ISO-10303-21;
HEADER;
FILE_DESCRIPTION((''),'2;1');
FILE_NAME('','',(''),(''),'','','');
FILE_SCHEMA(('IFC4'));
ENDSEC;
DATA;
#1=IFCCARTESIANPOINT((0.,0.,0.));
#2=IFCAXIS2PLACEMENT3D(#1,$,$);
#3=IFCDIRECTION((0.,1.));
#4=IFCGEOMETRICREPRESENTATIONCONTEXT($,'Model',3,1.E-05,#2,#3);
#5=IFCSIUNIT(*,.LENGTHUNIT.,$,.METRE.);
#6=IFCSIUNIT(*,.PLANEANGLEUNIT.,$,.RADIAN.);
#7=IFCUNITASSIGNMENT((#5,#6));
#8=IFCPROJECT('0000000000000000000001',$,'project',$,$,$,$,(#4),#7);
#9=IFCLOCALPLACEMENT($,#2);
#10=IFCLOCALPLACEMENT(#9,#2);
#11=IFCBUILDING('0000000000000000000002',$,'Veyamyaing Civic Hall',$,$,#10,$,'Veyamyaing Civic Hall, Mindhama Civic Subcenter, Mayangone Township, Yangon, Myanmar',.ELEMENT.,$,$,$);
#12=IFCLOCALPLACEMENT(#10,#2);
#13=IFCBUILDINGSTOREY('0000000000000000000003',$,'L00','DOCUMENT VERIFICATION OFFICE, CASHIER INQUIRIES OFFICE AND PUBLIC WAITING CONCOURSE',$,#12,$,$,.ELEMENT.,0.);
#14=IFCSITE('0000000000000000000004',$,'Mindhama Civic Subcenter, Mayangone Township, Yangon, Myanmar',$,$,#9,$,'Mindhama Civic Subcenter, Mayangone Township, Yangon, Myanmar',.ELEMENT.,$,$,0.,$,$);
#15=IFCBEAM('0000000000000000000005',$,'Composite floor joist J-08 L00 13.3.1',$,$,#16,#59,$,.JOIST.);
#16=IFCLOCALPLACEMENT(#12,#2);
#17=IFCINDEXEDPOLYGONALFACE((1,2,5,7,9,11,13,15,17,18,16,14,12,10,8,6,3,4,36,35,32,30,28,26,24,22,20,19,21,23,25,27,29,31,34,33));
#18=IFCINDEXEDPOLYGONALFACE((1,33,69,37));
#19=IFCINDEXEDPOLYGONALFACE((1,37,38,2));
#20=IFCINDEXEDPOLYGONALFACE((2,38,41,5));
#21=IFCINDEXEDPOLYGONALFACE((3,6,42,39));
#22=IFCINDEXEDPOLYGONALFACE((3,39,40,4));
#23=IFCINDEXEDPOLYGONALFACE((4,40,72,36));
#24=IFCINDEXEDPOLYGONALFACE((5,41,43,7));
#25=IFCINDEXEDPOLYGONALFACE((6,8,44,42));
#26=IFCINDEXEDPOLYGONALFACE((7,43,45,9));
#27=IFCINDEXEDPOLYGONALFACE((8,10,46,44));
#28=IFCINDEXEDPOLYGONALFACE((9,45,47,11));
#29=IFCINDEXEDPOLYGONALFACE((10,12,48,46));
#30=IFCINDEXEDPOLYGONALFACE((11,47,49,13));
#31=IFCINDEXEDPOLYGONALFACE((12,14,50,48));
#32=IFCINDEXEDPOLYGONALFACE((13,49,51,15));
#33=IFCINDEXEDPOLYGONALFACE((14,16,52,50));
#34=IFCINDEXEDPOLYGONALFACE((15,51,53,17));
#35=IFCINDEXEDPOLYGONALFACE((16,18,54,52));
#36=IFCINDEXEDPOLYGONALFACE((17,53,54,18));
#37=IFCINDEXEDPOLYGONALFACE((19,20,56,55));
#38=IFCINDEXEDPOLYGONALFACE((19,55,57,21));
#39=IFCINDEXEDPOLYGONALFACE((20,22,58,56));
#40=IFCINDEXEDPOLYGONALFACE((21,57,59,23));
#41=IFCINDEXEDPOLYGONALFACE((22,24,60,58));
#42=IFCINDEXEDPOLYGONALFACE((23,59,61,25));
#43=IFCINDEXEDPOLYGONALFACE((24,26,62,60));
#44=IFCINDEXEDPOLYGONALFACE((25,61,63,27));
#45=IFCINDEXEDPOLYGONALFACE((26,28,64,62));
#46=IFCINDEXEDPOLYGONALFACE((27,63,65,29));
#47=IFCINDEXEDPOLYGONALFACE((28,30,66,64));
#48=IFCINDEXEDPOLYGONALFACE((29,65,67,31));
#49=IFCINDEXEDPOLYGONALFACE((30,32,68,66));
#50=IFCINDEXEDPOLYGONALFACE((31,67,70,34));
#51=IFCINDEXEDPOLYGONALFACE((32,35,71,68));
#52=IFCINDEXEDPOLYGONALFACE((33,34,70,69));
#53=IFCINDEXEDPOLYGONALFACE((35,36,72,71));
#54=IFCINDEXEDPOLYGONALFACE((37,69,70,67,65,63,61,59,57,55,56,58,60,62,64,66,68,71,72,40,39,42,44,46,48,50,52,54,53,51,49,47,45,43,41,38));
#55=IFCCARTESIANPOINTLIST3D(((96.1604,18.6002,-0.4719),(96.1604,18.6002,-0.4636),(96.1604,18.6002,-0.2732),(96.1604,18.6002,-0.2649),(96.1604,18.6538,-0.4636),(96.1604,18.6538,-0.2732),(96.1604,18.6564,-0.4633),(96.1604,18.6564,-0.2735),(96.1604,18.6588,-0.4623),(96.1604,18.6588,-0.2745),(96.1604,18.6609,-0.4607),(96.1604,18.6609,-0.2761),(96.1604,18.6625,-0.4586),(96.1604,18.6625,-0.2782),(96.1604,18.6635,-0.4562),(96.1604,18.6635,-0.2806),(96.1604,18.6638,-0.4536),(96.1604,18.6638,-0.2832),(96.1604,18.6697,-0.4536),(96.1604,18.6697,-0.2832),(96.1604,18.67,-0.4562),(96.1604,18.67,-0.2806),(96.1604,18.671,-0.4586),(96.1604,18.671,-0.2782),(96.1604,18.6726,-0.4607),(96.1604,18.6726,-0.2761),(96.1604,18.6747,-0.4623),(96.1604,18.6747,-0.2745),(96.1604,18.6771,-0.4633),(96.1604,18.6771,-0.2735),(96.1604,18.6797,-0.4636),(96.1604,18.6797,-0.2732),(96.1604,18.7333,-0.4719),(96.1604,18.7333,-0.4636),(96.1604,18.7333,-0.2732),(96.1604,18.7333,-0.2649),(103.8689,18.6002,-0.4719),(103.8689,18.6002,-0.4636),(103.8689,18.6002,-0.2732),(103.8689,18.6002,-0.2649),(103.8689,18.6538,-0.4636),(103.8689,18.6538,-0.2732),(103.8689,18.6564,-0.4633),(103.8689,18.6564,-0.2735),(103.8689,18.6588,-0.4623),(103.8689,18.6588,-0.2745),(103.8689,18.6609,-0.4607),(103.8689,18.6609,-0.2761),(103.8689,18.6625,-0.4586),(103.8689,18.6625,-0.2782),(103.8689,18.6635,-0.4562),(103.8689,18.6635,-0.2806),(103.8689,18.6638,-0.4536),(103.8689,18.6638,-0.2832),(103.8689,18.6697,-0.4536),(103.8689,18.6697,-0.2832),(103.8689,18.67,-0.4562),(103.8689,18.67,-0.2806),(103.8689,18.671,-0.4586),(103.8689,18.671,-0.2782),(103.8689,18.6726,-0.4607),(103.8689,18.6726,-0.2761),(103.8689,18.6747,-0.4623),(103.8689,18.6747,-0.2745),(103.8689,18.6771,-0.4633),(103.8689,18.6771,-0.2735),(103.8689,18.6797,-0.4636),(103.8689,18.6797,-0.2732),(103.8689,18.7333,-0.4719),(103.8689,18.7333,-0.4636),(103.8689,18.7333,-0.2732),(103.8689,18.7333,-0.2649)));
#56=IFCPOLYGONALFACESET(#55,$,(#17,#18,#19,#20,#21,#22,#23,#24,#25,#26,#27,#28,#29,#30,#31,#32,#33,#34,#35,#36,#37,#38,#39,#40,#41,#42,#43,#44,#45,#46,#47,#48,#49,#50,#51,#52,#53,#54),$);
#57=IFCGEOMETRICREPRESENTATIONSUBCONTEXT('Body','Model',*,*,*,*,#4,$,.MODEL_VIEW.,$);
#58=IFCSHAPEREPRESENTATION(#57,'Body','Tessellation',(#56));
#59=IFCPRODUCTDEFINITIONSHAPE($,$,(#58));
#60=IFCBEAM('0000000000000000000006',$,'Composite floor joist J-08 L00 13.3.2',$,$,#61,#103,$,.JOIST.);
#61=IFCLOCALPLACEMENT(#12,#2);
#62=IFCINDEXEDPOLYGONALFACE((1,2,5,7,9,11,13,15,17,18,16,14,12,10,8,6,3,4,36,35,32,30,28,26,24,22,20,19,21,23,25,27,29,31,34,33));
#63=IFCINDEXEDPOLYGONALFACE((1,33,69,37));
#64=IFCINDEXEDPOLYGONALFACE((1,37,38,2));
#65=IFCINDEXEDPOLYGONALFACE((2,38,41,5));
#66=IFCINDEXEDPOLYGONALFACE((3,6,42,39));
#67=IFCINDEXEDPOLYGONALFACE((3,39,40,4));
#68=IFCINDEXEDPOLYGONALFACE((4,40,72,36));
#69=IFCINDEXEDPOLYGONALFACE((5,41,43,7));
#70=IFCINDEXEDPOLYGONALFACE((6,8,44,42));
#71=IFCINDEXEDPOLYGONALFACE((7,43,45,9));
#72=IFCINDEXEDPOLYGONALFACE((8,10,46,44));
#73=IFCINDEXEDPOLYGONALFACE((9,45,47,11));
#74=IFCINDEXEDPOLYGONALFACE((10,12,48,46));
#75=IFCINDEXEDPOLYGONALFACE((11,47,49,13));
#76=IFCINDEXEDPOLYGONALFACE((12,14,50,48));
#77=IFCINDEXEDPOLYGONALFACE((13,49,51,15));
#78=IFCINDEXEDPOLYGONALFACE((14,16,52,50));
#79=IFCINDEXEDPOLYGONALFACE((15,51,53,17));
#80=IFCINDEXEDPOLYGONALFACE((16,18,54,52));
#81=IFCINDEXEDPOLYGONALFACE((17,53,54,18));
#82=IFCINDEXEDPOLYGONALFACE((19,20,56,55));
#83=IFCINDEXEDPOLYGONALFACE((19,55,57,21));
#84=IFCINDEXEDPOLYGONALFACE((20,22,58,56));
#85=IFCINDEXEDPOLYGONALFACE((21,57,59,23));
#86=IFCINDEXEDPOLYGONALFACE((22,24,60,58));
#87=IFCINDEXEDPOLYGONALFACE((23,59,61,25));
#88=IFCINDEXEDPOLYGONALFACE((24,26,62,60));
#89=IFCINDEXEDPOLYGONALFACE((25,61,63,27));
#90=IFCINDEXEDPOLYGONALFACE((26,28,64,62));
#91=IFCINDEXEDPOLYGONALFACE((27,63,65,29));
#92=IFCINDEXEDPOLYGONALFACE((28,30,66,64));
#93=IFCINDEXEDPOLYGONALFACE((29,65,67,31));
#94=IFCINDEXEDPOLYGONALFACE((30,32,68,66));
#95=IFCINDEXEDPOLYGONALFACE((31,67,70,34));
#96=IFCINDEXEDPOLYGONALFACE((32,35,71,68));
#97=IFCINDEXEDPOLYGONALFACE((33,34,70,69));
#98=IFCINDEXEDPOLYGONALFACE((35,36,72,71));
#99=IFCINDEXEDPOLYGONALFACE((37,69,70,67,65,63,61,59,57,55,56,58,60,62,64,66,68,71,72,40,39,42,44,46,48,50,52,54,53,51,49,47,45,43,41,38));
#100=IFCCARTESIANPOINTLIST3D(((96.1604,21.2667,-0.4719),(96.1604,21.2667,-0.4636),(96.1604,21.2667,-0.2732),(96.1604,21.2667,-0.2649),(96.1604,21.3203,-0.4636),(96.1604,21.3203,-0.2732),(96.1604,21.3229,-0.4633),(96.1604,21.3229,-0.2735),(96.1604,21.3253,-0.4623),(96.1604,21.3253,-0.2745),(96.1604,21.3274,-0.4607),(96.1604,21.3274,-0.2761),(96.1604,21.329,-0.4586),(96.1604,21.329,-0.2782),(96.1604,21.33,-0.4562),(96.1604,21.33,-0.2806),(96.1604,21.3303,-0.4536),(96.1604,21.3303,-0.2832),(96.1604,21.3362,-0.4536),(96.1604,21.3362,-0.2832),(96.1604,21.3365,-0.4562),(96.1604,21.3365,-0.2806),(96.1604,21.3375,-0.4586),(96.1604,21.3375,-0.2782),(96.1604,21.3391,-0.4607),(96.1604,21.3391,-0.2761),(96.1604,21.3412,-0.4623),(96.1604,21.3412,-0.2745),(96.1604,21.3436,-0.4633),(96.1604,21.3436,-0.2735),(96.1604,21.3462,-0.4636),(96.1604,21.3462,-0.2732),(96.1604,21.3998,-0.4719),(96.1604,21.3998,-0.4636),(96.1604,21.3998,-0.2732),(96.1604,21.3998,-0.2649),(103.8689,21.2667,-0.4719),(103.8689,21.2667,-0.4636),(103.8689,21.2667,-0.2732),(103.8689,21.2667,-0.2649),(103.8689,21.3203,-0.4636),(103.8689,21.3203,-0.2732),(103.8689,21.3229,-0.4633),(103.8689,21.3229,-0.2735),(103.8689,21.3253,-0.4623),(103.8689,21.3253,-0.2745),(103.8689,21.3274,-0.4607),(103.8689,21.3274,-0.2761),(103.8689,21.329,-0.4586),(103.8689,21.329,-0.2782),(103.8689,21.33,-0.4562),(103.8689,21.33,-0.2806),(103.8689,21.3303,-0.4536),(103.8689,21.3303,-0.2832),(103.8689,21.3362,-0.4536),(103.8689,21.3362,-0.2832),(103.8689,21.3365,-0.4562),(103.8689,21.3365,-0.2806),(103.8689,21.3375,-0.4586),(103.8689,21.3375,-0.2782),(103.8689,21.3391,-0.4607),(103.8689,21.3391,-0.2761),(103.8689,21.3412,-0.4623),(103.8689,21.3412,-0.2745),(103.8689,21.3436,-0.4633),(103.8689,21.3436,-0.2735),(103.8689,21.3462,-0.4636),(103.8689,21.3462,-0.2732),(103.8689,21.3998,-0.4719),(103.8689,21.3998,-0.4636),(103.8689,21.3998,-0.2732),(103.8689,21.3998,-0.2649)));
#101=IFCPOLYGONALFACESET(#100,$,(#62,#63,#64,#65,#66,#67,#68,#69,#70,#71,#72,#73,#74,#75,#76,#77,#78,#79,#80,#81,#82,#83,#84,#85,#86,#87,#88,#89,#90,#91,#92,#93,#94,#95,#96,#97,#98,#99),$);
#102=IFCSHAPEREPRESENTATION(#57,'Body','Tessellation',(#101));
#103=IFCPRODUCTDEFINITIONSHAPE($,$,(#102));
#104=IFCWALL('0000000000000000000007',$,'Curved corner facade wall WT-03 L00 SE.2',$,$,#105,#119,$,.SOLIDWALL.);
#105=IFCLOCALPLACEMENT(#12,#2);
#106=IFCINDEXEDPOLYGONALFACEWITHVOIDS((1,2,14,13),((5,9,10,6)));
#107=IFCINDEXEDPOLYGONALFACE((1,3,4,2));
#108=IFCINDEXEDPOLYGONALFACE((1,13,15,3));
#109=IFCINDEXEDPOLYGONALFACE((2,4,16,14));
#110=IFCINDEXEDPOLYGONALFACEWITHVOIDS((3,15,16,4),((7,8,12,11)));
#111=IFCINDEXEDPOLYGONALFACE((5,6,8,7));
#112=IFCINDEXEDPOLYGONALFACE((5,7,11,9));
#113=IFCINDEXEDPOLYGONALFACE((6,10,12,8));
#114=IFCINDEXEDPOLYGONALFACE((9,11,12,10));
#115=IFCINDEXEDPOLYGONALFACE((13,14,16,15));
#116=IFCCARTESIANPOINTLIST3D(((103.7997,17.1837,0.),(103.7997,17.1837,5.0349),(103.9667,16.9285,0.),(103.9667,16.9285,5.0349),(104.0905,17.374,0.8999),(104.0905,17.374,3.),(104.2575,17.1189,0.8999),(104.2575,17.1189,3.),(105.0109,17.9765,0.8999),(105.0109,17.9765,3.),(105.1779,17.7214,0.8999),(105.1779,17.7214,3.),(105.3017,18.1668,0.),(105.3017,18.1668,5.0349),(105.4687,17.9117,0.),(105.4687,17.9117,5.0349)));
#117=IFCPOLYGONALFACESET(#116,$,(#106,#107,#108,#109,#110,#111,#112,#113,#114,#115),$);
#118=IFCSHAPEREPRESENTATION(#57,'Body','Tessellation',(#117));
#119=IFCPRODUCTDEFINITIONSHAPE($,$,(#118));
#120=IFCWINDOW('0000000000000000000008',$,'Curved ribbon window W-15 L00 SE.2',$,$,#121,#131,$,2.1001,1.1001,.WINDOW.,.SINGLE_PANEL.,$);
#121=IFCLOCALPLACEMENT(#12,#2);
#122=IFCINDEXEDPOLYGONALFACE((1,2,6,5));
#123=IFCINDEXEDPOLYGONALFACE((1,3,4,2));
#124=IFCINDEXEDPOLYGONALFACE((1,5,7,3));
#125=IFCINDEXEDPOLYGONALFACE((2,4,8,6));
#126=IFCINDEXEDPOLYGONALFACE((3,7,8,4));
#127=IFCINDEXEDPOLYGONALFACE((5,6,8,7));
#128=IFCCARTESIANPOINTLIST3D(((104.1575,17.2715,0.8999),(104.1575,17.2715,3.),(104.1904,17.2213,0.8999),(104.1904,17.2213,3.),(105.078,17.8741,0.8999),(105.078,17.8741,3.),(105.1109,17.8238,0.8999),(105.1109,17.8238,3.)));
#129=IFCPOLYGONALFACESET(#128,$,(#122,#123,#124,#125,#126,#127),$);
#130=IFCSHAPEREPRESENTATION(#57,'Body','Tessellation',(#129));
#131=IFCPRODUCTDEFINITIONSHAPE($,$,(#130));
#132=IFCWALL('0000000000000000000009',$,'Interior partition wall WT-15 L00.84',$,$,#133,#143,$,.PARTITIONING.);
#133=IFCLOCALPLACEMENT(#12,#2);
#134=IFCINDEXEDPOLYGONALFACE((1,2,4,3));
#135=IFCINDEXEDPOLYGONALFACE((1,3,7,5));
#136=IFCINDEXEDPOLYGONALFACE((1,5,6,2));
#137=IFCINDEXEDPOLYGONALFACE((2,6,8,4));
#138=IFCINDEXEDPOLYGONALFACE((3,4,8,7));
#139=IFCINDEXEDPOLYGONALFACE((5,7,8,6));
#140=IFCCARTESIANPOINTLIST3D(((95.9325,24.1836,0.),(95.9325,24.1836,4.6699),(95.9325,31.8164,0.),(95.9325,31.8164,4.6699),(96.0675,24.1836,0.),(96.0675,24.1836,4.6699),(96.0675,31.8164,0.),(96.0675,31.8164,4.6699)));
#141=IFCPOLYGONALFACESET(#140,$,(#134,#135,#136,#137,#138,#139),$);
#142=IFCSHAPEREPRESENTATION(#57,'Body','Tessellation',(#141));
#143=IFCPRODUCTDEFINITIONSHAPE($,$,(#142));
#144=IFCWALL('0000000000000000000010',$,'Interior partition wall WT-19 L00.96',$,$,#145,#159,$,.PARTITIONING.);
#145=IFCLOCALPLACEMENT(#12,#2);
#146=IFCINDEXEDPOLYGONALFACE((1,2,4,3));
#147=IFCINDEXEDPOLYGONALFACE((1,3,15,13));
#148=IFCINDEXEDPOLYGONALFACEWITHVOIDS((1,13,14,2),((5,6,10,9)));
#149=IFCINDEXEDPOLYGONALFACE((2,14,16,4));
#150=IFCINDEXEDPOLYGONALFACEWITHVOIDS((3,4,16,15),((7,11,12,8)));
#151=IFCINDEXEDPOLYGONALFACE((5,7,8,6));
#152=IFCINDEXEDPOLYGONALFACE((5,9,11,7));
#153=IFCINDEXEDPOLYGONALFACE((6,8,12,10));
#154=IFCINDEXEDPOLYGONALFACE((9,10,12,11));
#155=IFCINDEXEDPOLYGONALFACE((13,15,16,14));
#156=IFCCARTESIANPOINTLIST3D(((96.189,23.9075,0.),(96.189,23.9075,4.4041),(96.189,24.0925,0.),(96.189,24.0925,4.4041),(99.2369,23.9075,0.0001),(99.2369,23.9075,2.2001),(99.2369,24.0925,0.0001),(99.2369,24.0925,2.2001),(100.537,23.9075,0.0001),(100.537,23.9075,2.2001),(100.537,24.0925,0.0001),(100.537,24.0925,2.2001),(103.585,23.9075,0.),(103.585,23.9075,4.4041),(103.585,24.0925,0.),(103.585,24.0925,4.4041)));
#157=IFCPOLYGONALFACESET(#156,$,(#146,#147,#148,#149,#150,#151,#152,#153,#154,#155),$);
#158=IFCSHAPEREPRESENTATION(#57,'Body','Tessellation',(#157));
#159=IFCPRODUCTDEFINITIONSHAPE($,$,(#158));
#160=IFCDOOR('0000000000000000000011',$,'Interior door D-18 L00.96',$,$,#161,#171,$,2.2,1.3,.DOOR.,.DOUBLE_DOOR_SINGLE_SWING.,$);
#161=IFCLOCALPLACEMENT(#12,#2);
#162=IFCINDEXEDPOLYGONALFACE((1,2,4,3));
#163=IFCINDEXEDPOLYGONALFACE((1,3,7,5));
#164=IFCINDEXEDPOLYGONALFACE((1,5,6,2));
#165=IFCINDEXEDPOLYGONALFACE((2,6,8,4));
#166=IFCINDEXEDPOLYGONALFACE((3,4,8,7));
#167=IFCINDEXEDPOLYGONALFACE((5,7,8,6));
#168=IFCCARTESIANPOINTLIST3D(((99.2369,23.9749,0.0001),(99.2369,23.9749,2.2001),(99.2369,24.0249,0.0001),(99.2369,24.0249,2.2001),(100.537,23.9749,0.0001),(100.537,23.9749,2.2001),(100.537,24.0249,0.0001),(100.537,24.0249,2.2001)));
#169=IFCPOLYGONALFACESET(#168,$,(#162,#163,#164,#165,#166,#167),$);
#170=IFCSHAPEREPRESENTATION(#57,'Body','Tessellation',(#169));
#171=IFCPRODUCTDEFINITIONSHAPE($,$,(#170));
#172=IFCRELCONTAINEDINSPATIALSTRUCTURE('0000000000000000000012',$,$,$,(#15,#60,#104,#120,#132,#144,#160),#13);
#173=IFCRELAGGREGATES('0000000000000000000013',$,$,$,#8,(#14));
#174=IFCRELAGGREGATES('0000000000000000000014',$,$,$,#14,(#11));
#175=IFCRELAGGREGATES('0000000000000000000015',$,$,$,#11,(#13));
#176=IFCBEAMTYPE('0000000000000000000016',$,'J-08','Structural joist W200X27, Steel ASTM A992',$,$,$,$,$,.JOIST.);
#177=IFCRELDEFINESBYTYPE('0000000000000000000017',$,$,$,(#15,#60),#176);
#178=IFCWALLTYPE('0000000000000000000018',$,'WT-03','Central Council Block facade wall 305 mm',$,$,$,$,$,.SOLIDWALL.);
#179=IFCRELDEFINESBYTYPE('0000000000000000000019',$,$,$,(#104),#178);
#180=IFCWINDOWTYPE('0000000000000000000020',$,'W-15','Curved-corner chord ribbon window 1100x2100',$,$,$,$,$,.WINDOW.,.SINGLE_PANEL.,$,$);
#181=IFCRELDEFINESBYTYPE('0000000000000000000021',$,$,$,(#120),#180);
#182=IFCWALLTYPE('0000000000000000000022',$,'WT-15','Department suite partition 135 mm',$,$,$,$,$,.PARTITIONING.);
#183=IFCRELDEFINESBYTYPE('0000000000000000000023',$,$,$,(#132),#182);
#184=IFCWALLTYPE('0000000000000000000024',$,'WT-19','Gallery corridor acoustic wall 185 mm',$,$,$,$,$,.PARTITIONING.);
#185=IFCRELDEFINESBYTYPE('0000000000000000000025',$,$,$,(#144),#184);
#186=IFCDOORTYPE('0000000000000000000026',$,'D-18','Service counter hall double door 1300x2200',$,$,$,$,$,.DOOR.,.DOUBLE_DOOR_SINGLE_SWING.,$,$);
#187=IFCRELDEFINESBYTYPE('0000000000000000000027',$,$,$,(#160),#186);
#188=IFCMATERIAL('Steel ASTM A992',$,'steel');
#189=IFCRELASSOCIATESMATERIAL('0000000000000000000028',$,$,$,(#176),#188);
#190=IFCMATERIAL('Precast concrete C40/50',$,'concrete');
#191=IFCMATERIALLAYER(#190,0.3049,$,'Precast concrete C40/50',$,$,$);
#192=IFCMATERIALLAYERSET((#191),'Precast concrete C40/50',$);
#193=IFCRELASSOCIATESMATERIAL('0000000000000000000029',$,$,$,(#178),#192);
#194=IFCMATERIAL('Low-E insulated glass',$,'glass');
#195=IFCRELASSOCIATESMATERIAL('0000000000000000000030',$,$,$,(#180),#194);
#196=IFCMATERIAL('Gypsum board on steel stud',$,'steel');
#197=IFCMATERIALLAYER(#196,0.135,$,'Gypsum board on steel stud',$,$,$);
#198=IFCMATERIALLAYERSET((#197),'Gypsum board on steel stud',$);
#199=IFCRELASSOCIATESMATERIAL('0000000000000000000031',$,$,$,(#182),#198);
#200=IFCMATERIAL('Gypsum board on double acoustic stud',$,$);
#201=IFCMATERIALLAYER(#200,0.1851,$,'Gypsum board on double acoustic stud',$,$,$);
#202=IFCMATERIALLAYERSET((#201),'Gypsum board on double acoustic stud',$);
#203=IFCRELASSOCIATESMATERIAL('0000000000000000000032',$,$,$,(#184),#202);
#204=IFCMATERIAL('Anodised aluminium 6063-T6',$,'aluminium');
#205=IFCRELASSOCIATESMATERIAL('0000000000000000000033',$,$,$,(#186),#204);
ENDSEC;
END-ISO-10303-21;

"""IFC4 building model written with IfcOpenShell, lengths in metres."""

from ifc_helpers import new_model, si_unit, direction, frame, frame_2d, origin, origin_2d, place, context, subcontext, project, spatial, rectangle, i_section, extrude, material, layer, layer_set, material_profile, profile_set, type_object, element, fill, save


model = new_model("IFC4")

# Units and contexts
model_context = context("Model", 3, precision=1e-05, world=origin(), true_north=direction((0.0, 1.0)))
body_context = subcontext(model_context, "Body", "Model", "MODEL_VIEW")
ifc_project = project(units=[si_unit("LENGTHUNIT", "METRE"), si_unit("PLANEANGLEUNIT", "RADIAN")], contexts=[model_context])

# Site, building, storey
site_placement = place(None, origin())
site = spatial("IfcSite", under=ifc_project, at=site_placement, Name="Mindhama Civic Subcenter, Mayangone Township, Yangon, Myanmar", LongName="Mindhama Civic Subcenter, Mayangone Township, Yangon, Myanmar", CompositionType="ELEMENT", RefElevation=0.0)
building_placement = place(site_placement, origin())
building = spatial("IfcBuilding", under=site, at=building_placement, Name="Veyamyaing Civic Hall", LongName="Veyamyaing Civic Hall, Mindhama Civic Subcenter, Mayangone Township, Yangon, Myanmar", CompositionType="ELEMENT")
storey_placement = place(building_placement, origin())
storey = spatial("IfcBuildingStorey", under=building, at=storey_placement, Name="L00", Description="DOCUMENT VERIFICATION OFFICE, CASHIER INQUIRIES OFFICE AND PUBLIC WAITING CONCOURSE", CompositionType="ELEMENT", Elevation=0.0)

# Beams
ifc_material_1 = material(Name="Steel ASTM A992", Category="steel")
ifc_material_profile_1 = material_profile(ifc_material_1, i_section(OverallWidth=0.1331, OverallDepth=0.207, WebThickness=0.0059, FlangeThickness=0.0083, FilletRadius=0.01, at=origin_2d()), Name="W200X27")
ifc_profile_set_1 = profile_set([ifc_material_profile_1], Name="Steel ASTM A992")
beam_type_1 = type_object("IfcBeamType", Name="J-08", Description="Structural joist W200X27, Steel ASTM A992", PredefinedType="JOIST", material=ifc_profile_set_1)
for number, where, z_axis, x_axis, name in (
    (1, (96.1604, 18.6667, -0.3684), (1.0, 0.0, 0.0), (0.0, 1.0, 0.0), "Composite floor joist J-08 L00 13.3.1"),
    (2, (96.1604, 21.3333, -0.3684), (1.0, 0.0, 0.0), (0.0, 1.0, 0.0), "Composite floor joist J-08 L00 13.3.2"),
):
    element("IfcBeam", number, at=place(storey_placement, frame(where, z_axis=z_axis, x_axis=x_axis)), inside=storey, type_object=beam_type_1, Name=name, PredefinedType="JOIST", context=body_context, shape_type="SweptSolid", body=[
        extrude(i_section(OverallWidth=0.1331, OverallDepth=0.207, WebThickness=0.0059, FlangeThickness=0.0083, FilletRadius=0.01, at=origin_2d()), origin(), (0.0, 0.0, 1.0), 7.7085),
    ])

# Wall, opening, window
ifc_material_2 = material(Name="Precast concrete C40/50", Category="concrete")
ifc_layer_1 = layer(ifc_material_2, 0.3049, Name="Precast concrete C40/50")
ifc_layer_set_1 = layer_set([ifc_layer_1], Name="Precast concrete C40/50")
wall_type_1 = type_object("IfcWallType", Name="WT-03", Description="Central Council Block facade wall 305 mm", PredefinedType="SOLIDWALL", material=ifc_layer_set_1)
wall_1_placement = place(storey_placement, frame((103.8833, 17.0562, 0.0), z_axis=(0.0, 0.0, 1.0), x_axis=(0.836687, 0.547682, 0.0)))
wall_1 = element("IfcWall", 3, at=wall_1_placement, inside=storey, type_object=wall_type_1, Name="Curved corner facade wall WT-03 L00 SE.2", PredefinedType="SOLIDWALL", context=body_context, shape_type="SweptSolid", body=[
    extrude(rectangle(XDim=1.7952, YDim=0.3049, at=frame_2d((0.8975, 0.0))), origin(), (0.0, 0.0, 1.0), 5.0349),
])
opening_1_placement = place(wall_1_placement, frame((0.3474, 0.0, 0.8999)))
opening_1 = element("IfcOpeningElement", 4, at=opening_1_placement, cuts=wall_1, PredefinedType="OPENING", context=body_context, shape_type="SweptSolid", body=[
    extrude(rectangle(XDim=1.1001, YDim=2.1001, at=frame_2d((0.55, 1.05))), frame((0.0, 0.1624, 0.0), z_axis=(0.0, -1.0, 0.0), x_axis=(1.0, 0.0, 0.0)), (0.0, 0.0, 1.0), 0.325),
])
ifc_material_3 = material(Name="Low-E insulated glass", Category="glass")
window_type = type_object("IfcWindowType", Name="W-15", Description="Curved-corner chord ribbon window 1100x2100", PartitioningType="SINGLE_PANEL", PredefinedType="WINDOW", material=ifc_material_3)
window_placement = place(opening_1_placement, origin())
window = element("IfcWindow", 5, at=window_placement, inside=storey, type_object=window_type, Name="Curved ribbon window W-15 L00 SE.2", OverallHeight=2.1001, OverallWidth=1.1001, PartitioningType="SINGLE_PANEL", PredefinedType="WINDOW", context=body_context, shape_type="SweptSolid", body=[
    extrude(rectangle(XDim=1.1001, YDim=2.1001, at=frame_2d((0.55, 1.05))), frame((0.0, 0.03, 0.0), z_axis=(0.0, -1.0, 0.0), x_axis=(1.0, 0.0, 0.0)), (0.0, 0.0, 1.0), 0.0601),
])
fill(opening_1, window)

# Wall
ifc_material_4 = material(Name="Gypsum board on steel stud", Category="steel")
ifc_layer_2 = layer(ifc_material_4, 0.135, Name="Gypsum board on steel stud")
ifc_layer_set_2 = layer_set([ifc_layer_2], Name="Gypsum board on steel stud")
wall_type_2 = type_object("IfcWallType", Name="WT-15", Description="Department suite partition 135 mm", PredefinedType="PARTITIONING", material=ifc_layer_set_2)
wall_2_placement = place(storey_placement, frame((96.0, 24.1836, 0.0), z_axis=(0.0, 0.0, 1.0), x_axis=(0.0, 1.0, 0.0)))
element("IfcWall", 6, at=wall_2_placement, inside=storey, type_object=wall_type_2, Name="Interior partition wall WT-15 L00.84", PredefinedType="PARTITIONING", context=body_context, shape_type="SweptSolid", body=[
    extrude(rectangle(XDim=7.6328, YDim=0.135, at=frame_2d((3.8164, 0.0))), origin(), (0.0, 0.0, 1.0), 4.6699),
])

# Wall, opening, door
ifc_material_5 = material(Name="Gypsum board on double acoustic stud")
ifc_layer_3 = layer(ifc_material_5, 0.1851, Name="Gypsum board on double acoustic stud")
ifc_layer_set_3 = layer_set([ifc_layer_3], Name="Gypsum board on double acoustic stud")
wall_type_3 = type_object("IfcWallType", Name="WT-19", Description="Gallery corridor acoustic wall 185 mm", PredefinedType="PARTITIONING", material=ifc_layer_set_3)
wall_3_placement = place(storey_placement, frame((96.189, 24.0, 0.0), z_axis=(0.0, 0.0, 1.0), x_axis=(1.0, 0.0, 0.0)))
wall_3 = element("IfcWall", 7, at=wall_3_placement, inside=storey, type_object=wall_type_3, Name="Interior partition wall WT-19 L00.96", PredefinedType="PARTITIONING", context=body_context, shape_type="SweptSolid", body=[
    extrude(rectangle(XDim=7.396, YDim=0.1851, at=frame_2d((3.698, 0.0))), origin(), (0.0, 0.0, 1.0), 4.4041),
])
opening_2_placement = place(wall_3_placement, frame((3.0481, 0.0, 0.0)))
opening_2 = element("IfcOpeningElement", 8, at=opening_2_placement, cuts=wall_3, PredefinedType="OPENING", context=body_context, shape_type="SweptSolid", body=[
    extrude(rectangle(XDim=1.3, YDim=2.2, at=frame_2d((0.6499, 1.1001))), frame((0.0, 0.1025, 0.0), z_axis=(0.0, -1.0, 0.0), x_axis=(1.0, 0.0, 0.0)), (0.0, 0.0, 1.0), 0.2051),
])
ifc_material_6 = material(Name="Anodised aluminium 6063-T6", Category="aluminium")
door_type = type_object("IfcDoorType", Name="D-18", Description="Service counter hall double door 1300x2200", OperationType="DOUBLE_DOOR_SINGLE_SWING", PredefinedType="DOOR", material=ifc_material_6)
door_placement = place(opening_2_placement, origin())
door = element("IfcDoor", 9, at=door_placement, inside=storey, type_object=door_type, Name="Interior door D-18 L00.96", OperationType="DOUBLE_DOOR_SINGLE_SWING", OverallHeight=2.2, OverallWidth=1.3, PredefinedType="DOOR", context=body_context, shape_type="SweptSolid", body=[
    extrude(rectangle(XDim=1.3, YDim=2.2, at=frame_2d((0.6499, 1.1001))), frame((0.0, 0.0249, 0.0), z_axis=(0.0, -1.0, 0.0), x_axis=(1.0, 0.0, 0.0)), (0.0, 0.0, 1.0), 0.05),
])
fill(opening_2, door)

save(model, "model.ifc")
